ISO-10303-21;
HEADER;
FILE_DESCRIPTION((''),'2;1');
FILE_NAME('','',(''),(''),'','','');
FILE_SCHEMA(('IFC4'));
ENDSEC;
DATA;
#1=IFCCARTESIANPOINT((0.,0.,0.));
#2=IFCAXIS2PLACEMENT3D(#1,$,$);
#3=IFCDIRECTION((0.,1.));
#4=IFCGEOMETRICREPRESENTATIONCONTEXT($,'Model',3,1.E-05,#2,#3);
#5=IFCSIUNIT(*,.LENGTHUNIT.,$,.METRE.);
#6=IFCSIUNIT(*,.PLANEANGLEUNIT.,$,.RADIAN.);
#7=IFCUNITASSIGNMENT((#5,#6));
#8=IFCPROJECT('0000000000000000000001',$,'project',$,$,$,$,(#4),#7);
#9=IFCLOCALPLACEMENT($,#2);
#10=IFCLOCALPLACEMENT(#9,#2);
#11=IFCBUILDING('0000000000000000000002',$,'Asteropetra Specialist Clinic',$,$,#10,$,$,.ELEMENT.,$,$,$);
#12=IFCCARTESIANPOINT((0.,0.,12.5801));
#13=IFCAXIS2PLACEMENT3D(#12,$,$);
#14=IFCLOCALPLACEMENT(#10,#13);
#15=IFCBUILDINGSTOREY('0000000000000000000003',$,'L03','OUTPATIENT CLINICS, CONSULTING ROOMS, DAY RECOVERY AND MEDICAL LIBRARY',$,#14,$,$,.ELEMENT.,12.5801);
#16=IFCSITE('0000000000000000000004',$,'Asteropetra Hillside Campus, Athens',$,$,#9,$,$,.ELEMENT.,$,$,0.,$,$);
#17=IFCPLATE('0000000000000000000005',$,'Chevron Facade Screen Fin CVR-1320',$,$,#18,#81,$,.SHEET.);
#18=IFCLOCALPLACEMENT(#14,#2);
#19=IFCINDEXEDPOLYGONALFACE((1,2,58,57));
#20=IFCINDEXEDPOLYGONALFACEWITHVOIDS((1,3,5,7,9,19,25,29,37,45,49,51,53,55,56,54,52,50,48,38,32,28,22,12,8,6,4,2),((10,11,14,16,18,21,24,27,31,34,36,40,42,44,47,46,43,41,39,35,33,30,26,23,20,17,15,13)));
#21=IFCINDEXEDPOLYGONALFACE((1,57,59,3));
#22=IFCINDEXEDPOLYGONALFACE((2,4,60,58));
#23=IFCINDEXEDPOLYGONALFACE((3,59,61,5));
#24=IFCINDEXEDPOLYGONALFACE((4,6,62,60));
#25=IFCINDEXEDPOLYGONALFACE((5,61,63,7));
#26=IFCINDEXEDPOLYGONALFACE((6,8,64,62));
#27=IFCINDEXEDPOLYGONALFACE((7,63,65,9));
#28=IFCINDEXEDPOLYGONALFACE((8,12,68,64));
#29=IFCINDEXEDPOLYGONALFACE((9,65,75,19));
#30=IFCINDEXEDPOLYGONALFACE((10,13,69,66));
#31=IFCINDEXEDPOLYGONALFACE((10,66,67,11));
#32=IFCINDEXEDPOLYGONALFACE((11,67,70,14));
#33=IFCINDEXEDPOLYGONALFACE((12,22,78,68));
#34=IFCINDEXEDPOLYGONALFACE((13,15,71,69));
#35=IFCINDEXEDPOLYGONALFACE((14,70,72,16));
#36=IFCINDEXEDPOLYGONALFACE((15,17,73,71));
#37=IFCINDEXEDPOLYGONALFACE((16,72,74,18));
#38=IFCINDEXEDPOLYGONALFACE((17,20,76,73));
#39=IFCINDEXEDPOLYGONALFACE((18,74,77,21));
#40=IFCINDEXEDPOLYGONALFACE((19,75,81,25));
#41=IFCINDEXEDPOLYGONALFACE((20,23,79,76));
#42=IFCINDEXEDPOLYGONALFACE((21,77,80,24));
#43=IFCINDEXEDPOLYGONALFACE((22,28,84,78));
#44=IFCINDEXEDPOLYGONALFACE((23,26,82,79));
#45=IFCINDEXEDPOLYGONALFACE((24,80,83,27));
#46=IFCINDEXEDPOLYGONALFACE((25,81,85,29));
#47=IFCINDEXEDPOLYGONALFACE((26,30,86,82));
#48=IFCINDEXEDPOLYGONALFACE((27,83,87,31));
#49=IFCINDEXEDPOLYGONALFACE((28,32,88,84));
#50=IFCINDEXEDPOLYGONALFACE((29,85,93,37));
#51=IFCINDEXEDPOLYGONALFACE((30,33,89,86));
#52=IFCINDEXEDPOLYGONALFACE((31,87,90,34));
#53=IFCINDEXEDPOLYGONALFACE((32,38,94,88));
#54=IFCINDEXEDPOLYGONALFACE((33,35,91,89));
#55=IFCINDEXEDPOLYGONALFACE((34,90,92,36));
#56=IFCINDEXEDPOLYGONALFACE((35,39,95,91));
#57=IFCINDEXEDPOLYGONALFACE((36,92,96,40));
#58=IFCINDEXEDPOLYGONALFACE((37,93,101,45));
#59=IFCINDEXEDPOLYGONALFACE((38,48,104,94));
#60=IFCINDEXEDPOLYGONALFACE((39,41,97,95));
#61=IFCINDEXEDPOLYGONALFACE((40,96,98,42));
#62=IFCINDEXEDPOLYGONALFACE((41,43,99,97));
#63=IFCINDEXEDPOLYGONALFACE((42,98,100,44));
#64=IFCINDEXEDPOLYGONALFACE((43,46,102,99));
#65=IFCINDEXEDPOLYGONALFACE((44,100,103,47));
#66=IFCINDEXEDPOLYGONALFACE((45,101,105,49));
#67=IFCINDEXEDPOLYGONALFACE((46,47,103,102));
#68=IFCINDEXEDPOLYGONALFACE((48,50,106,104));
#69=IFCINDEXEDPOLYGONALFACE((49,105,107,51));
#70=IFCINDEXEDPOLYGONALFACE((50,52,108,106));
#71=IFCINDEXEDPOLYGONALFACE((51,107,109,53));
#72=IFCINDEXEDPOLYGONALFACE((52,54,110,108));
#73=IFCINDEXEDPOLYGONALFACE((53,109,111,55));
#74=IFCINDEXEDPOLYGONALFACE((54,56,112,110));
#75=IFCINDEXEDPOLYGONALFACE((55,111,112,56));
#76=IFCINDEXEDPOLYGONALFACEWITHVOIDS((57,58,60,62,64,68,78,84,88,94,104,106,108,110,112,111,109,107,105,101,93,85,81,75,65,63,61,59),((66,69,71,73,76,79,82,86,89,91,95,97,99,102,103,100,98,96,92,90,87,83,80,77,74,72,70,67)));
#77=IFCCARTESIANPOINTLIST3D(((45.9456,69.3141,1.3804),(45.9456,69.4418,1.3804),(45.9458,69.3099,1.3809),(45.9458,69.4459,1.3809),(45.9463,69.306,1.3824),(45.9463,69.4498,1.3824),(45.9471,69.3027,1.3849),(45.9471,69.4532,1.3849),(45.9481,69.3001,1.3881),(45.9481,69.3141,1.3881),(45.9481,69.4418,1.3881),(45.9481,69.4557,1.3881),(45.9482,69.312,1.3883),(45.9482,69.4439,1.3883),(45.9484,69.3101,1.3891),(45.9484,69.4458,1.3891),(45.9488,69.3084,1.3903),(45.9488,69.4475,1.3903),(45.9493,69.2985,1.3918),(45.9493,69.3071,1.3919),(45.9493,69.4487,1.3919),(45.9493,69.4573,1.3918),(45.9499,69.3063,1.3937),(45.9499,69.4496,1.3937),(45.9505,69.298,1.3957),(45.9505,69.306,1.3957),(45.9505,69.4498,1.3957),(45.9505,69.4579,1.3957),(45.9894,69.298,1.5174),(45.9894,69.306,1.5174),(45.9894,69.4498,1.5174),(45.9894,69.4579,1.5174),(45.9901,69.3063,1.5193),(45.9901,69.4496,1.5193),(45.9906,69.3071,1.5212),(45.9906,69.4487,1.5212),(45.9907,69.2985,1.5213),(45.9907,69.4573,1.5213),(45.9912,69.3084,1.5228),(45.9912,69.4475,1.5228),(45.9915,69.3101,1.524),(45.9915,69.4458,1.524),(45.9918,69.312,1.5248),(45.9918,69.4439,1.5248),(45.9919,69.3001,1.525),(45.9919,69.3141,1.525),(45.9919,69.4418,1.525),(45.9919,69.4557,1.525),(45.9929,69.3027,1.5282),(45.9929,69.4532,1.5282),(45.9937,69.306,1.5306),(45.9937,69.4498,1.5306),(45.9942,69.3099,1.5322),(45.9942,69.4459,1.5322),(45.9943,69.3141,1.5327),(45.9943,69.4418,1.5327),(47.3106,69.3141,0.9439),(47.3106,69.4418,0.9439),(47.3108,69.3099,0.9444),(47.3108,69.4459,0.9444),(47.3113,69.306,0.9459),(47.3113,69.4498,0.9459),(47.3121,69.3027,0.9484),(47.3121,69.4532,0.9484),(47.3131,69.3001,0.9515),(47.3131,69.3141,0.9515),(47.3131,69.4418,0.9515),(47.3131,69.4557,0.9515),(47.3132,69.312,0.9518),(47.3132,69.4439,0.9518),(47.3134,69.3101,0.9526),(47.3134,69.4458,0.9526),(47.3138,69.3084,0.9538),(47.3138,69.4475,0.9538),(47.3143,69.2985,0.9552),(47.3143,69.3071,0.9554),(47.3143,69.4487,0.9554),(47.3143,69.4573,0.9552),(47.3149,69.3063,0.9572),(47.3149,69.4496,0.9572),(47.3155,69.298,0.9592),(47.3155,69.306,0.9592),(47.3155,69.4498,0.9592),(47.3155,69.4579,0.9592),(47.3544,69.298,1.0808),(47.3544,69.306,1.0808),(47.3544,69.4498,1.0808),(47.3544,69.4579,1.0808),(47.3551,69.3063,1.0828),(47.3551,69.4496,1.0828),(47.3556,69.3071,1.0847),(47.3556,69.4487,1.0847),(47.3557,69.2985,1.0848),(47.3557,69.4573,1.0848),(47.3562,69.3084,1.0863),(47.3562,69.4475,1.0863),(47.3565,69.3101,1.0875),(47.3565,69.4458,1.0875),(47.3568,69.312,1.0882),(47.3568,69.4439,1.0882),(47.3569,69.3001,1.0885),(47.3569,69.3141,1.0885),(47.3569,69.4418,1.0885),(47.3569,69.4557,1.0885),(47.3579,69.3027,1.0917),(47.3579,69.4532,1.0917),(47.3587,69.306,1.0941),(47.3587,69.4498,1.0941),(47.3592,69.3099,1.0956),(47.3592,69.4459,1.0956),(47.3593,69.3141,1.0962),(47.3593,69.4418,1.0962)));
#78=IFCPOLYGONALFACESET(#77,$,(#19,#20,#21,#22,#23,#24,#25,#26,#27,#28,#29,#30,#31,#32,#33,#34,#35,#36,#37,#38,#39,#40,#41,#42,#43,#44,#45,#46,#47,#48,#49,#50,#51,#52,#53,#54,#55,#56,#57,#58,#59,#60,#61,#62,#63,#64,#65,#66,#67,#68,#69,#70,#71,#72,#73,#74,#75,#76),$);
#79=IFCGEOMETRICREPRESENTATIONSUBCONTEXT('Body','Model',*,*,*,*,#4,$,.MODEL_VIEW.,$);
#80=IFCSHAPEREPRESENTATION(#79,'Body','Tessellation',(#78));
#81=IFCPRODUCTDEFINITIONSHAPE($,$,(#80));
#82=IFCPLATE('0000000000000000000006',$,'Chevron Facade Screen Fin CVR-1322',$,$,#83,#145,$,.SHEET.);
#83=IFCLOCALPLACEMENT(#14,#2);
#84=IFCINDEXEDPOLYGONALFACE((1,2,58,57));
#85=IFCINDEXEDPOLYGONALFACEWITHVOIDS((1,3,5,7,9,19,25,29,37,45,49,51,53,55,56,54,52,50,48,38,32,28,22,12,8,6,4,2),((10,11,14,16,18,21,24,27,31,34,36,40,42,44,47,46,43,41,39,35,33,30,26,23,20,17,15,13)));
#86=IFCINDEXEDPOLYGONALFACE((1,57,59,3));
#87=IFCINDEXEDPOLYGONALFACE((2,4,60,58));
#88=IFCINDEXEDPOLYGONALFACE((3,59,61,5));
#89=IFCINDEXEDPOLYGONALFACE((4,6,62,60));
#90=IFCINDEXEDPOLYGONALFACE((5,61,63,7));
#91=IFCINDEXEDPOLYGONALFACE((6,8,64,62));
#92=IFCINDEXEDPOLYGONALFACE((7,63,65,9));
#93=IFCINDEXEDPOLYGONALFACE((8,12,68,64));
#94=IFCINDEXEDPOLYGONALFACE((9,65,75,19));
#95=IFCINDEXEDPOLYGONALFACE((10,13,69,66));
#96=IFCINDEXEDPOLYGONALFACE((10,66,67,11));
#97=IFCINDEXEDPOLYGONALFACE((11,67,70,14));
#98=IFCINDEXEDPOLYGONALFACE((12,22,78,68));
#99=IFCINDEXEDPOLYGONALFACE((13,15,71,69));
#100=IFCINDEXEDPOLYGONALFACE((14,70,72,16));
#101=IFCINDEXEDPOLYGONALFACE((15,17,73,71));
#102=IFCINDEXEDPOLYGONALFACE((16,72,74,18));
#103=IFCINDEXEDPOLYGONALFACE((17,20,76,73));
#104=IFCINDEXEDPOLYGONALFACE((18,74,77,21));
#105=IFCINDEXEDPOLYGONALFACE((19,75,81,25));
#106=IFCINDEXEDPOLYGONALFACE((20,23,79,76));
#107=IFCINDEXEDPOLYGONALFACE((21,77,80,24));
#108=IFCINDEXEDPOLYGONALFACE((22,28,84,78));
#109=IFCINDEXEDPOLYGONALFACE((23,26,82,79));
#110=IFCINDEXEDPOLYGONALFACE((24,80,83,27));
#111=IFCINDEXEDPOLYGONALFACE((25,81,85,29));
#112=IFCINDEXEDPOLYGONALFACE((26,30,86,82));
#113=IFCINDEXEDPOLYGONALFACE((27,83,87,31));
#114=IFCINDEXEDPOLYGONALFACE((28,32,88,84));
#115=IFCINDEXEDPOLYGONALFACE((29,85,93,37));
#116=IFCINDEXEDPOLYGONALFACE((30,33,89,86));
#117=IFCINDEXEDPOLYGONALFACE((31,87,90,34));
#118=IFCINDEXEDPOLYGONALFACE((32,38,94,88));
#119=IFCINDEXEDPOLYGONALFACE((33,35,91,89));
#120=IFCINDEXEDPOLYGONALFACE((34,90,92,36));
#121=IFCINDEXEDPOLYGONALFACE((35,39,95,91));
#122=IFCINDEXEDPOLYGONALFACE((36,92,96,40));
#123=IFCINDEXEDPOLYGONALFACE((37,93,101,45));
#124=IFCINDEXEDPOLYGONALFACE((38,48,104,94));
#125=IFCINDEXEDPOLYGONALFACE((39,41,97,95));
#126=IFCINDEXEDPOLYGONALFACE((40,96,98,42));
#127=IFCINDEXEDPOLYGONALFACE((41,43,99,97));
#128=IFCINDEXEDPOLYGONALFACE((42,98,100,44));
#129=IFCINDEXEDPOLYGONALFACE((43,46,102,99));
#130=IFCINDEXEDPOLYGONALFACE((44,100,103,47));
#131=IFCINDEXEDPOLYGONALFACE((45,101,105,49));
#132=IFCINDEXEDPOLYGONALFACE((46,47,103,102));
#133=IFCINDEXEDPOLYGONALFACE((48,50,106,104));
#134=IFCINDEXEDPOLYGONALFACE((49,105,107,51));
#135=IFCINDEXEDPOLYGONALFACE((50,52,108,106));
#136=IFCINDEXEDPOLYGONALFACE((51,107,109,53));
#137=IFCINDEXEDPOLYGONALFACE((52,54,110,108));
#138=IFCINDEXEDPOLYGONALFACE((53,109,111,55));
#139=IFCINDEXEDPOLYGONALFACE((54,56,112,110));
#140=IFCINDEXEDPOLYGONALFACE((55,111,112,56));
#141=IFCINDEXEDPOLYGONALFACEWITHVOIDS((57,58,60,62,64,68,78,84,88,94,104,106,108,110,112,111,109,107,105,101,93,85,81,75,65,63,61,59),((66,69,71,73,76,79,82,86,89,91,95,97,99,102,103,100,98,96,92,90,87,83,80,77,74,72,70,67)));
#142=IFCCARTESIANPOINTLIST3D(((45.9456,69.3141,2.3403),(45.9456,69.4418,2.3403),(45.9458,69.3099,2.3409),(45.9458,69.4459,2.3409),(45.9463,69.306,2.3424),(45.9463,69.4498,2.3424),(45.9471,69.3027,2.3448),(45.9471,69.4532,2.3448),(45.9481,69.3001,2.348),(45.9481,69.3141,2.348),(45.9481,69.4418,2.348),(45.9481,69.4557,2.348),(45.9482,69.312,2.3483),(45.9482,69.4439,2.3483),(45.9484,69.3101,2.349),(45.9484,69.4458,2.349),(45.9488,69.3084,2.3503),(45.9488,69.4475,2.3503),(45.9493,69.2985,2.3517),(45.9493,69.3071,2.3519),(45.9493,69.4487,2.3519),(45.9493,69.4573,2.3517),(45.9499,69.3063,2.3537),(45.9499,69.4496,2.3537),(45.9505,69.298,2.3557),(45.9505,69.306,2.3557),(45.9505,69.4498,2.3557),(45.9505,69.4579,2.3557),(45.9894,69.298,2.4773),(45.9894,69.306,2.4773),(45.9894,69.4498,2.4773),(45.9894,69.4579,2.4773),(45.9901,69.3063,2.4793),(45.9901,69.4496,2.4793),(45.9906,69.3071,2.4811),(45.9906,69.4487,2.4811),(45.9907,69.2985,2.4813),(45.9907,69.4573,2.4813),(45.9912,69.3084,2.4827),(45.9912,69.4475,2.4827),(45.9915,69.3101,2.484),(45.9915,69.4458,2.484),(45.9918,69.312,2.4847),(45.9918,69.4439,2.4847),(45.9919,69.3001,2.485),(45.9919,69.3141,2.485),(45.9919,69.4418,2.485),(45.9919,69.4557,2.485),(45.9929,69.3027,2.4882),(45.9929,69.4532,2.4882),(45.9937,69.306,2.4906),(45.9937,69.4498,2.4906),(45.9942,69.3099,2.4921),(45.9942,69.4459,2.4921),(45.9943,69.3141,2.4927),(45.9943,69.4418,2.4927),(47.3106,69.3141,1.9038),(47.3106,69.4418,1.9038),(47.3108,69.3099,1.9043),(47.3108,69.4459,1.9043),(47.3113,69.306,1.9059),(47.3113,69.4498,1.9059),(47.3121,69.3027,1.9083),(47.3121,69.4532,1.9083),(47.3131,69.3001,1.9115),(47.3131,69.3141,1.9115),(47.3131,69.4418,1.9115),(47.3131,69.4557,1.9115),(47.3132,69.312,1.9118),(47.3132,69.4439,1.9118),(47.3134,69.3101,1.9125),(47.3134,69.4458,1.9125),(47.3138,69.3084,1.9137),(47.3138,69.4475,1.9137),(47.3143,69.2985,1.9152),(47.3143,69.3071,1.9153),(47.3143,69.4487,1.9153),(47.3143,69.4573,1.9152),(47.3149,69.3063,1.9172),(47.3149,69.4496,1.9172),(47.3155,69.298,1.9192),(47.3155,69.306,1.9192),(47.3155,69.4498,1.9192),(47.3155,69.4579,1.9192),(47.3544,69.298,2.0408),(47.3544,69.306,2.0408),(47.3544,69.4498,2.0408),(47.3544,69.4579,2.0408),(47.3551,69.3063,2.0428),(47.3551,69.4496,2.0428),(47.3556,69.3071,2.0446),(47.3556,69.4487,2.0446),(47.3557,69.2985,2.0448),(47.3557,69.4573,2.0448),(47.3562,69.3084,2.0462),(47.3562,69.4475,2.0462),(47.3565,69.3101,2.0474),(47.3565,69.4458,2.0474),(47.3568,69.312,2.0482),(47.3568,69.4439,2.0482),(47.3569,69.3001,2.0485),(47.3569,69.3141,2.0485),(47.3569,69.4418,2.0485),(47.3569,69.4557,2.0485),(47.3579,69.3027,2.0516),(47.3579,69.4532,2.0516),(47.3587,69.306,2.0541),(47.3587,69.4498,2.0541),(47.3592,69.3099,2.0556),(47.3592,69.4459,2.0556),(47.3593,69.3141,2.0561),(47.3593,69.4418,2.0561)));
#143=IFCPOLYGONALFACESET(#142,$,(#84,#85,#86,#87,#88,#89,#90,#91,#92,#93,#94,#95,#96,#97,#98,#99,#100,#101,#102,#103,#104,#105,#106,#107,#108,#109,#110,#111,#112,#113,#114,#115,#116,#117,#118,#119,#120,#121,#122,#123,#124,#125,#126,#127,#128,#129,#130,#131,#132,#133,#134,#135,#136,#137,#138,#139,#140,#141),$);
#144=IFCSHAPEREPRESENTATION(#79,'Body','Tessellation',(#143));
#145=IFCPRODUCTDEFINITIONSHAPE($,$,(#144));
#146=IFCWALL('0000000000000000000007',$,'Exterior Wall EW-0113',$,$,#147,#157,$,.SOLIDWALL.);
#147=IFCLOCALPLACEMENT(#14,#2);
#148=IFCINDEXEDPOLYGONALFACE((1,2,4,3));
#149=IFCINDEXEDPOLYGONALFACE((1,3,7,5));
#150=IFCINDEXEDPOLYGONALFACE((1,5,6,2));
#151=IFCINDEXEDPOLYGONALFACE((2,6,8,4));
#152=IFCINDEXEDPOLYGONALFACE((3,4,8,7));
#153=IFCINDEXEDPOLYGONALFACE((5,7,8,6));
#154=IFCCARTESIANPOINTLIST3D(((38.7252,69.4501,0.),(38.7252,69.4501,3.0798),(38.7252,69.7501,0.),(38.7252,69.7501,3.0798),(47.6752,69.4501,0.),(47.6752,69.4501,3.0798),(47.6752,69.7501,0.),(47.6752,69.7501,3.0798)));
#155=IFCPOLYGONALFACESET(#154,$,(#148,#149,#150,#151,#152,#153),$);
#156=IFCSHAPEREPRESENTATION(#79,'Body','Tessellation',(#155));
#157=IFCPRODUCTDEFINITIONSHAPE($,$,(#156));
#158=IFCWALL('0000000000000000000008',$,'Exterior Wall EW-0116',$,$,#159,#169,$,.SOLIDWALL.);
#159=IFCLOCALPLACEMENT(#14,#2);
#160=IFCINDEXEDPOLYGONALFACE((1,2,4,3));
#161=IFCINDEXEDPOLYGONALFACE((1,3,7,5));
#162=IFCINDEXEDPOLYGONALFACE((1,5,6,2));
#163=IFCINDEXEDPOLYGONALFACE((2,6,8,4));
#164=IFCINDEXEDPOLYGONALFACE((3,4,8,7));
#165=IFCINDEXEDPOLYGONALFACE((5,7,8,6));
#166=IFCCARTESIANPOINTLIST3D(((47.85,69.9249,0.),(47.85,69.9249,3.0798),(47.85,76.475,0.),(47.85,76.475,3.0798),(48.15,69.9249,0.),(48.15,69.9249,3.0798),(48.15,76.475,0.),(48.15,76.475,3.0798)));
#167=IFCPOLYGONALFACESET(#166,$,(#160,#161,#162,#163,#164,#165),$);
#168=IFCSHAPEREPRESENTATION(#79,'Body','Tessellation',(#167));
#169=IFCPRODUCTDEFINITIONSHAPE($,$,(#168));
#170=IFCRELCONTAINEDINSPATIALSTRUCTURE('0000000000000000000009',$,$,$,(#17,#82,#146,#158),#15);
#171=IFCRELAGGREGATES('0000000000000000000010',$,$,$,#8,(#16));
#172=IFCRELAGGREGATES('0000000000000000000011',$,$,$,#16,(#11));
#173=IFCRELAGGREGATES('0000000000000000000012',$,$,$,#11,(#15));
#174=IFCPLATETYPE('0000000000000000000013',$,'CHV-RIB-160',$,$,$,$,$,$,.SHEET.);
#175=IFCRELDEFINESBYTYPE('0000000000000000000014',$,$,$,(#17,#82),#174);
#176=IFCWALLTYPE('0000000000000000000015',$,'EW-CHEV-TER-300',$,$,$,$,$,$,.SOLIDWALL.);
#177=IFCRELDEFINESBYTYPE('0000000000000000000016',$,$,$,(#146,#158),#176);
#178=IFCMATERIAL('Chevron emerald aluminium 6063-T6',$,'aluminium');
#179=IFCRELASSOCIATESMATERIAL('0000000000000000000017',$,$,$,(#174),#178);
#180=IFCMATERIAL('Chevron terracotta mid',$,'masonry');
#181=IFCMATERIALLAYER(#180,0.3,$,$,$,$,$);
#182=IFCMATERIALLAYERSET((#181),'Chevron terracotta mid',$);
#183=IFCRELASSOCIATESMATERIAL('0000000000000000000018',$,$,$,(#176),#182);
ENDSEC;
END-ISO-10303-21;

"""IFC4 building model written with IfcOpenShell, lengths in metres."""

from ifc_helpers import new_model, si_unit, direction, frame, frame_2d, origin, origin_2d, place, context, subcontext, project, spatial, rectangle, hollow_rectangle, extrude, material, layer, layer_set, material_profile, profile_set, type_object, element, save


model = new_model("IFC4")

# Units and contexts
model_context = context("Model", 3, precision=1e-05, world=origin(), true_north=direction((0.0, 1.0)))
body_context = subcontext(model_context, "Body", "Model", "MODEL_VIEW")
ifc_project = project(units=[si_unit("LENGTHUNIT", "METRE"), si_unit("PLANEANGLEUNIT", "RADIAN")], contexts=[model_context])

# Site, building, storey
site_placement = place(None, origin())
site = spatial("IfcSite", under=ifc_project, at=site_placement, Name="Asteropetra Hillside Campus, Athens", CompositionType="ELEMENT", RefElevation=0.0)
building_placement = place(site_placement, origin())
building = spatial("IfcBuilding", under=site, at=building_placement, Name="Asteropetra Specialist Clinic", CompositionType="ELEMENT")
storey_placement = place(building_placement, frame((0.0, 0.0, 12.5801)))
storey = spatial("IfcBuildingStorey", under=building, at=storey_placement, Name="L03", Description="OUTPATIENT CLINICS, CONSULTING ROOMS, DAY RECOVERY AND MEDICAL LIBRARY", CompositionType="ELEMENT", Elevation=12.5801)

# Plates
ifc_material_1 = material(Name="Chevron emerald aluminium 6063-T6", Category="aluminium")
ifc_material_profile_1 = material_profile(ifc_material_1, hollow_rectangle(XDim=0.1599, YDim=0.1599, WallThickness=0.0081, InnerFilletRadius=0.0081, OuterFilletRadius=0.0161, at=origin_2d()), Name="SHS 160x160x8.0")
ifc_profile_set_1 = profile_set([ifc_material_profile_1], Name="Chevron emerald aluminium 6063-T6")
plate_type = type_object("IfcPlateType", Name="CHV-RIB-160", PredefinedType="SHEET", material=ifc_profile_set_1)
for number, where, z_axis, x_axis, name in (
    (1, (45.97, 69.3779, 1.4565), (0.95248, 0.0, -0.304603), (0.0, 1.0, 0.0), "Chevron Facade Screen Fin CVR-1320"),
    (2, (45.97, 69.3779, 2.4165), (0.95248, 0.0, -0.304603), (0.0, 1.0, 0.0), "Chevron Facade Screen Fin CVR-1322"),
):
    element("IfcPlate", number, at=place(storey_placement, frame(where, z_axis=z_axis, x_axis=x_axis)), inside=storey, type_object=plate_type, Name=name, PredefinedType="SHEET", context=body_context, shape_type="SweptSolid", body=[
        extrude(hollow_rectangle(XDim=0.1599, YDim=0.1599, WallThickness=0.0081, InnerFilletRadius=0.0081, OuterFilletRadius=0.0161, at=origin_2d()), origin(), (0.0, 0.0, 1.0), 1.4331),
    ])

# Walls
ifc_material_2 = material(Name="Chevron terracotta mid", Category="masonry")
ifc_layer_1 = layer(ifc_material_2, 0.3)
ifc_layer_set_1 = layer_set([ifc_layer_1], Name="Chevron terracotta mid")
wall_type_1 = type_object("IfcWallType", Name="EW-CHEV-TER-300", PredefinedType="SOLIDWALL", material=ifc_layer_set_1)
wall_1_placement = place(storey_placement, frame((38.7251, 69.6001, 0.0), z_axis=(0.0, 0.0, 1.0), x_axis=(1.0, 0.0, 0.0)))
element("IfcWall", 3, at=wall_1_placement, inside=storey, type_object=wall_type_1, Name="Exterior Wall EW-0113", PredefinedType="SOLIDWALL", context=body_context, shape_type="SweptSolid", body=[
    extrude(rectangle(XDim=8.95, YDim=0.3, at=frame_2d((4.4751, 0.0))), origin(), (0.0, 0.0, 1.0), 3.0798),
])
wall_2_placement = place(storey_placement, frame((48.0, 69.925, 0.0), z_axis=(0.0, 0.0, 1.0), x_axis=(0.0, 1.0, 0.0)))
element("IfcWall", 4, at=wall_2_placement, inside=storey, type_object=wall_type_1, Name="Exterior Wall EW-0116", PredefinedType="SOLIDWALL", context=body_context, shape_type="SweptSolid", body=[
    extrude(rectangle(XDim=6.55, YDim=0.3, at=frame_2d((3.2749, 0.0))), origin(), (0.0, 0.0, 1.0), 3.0798),
])

save(model, "model.ifc")
